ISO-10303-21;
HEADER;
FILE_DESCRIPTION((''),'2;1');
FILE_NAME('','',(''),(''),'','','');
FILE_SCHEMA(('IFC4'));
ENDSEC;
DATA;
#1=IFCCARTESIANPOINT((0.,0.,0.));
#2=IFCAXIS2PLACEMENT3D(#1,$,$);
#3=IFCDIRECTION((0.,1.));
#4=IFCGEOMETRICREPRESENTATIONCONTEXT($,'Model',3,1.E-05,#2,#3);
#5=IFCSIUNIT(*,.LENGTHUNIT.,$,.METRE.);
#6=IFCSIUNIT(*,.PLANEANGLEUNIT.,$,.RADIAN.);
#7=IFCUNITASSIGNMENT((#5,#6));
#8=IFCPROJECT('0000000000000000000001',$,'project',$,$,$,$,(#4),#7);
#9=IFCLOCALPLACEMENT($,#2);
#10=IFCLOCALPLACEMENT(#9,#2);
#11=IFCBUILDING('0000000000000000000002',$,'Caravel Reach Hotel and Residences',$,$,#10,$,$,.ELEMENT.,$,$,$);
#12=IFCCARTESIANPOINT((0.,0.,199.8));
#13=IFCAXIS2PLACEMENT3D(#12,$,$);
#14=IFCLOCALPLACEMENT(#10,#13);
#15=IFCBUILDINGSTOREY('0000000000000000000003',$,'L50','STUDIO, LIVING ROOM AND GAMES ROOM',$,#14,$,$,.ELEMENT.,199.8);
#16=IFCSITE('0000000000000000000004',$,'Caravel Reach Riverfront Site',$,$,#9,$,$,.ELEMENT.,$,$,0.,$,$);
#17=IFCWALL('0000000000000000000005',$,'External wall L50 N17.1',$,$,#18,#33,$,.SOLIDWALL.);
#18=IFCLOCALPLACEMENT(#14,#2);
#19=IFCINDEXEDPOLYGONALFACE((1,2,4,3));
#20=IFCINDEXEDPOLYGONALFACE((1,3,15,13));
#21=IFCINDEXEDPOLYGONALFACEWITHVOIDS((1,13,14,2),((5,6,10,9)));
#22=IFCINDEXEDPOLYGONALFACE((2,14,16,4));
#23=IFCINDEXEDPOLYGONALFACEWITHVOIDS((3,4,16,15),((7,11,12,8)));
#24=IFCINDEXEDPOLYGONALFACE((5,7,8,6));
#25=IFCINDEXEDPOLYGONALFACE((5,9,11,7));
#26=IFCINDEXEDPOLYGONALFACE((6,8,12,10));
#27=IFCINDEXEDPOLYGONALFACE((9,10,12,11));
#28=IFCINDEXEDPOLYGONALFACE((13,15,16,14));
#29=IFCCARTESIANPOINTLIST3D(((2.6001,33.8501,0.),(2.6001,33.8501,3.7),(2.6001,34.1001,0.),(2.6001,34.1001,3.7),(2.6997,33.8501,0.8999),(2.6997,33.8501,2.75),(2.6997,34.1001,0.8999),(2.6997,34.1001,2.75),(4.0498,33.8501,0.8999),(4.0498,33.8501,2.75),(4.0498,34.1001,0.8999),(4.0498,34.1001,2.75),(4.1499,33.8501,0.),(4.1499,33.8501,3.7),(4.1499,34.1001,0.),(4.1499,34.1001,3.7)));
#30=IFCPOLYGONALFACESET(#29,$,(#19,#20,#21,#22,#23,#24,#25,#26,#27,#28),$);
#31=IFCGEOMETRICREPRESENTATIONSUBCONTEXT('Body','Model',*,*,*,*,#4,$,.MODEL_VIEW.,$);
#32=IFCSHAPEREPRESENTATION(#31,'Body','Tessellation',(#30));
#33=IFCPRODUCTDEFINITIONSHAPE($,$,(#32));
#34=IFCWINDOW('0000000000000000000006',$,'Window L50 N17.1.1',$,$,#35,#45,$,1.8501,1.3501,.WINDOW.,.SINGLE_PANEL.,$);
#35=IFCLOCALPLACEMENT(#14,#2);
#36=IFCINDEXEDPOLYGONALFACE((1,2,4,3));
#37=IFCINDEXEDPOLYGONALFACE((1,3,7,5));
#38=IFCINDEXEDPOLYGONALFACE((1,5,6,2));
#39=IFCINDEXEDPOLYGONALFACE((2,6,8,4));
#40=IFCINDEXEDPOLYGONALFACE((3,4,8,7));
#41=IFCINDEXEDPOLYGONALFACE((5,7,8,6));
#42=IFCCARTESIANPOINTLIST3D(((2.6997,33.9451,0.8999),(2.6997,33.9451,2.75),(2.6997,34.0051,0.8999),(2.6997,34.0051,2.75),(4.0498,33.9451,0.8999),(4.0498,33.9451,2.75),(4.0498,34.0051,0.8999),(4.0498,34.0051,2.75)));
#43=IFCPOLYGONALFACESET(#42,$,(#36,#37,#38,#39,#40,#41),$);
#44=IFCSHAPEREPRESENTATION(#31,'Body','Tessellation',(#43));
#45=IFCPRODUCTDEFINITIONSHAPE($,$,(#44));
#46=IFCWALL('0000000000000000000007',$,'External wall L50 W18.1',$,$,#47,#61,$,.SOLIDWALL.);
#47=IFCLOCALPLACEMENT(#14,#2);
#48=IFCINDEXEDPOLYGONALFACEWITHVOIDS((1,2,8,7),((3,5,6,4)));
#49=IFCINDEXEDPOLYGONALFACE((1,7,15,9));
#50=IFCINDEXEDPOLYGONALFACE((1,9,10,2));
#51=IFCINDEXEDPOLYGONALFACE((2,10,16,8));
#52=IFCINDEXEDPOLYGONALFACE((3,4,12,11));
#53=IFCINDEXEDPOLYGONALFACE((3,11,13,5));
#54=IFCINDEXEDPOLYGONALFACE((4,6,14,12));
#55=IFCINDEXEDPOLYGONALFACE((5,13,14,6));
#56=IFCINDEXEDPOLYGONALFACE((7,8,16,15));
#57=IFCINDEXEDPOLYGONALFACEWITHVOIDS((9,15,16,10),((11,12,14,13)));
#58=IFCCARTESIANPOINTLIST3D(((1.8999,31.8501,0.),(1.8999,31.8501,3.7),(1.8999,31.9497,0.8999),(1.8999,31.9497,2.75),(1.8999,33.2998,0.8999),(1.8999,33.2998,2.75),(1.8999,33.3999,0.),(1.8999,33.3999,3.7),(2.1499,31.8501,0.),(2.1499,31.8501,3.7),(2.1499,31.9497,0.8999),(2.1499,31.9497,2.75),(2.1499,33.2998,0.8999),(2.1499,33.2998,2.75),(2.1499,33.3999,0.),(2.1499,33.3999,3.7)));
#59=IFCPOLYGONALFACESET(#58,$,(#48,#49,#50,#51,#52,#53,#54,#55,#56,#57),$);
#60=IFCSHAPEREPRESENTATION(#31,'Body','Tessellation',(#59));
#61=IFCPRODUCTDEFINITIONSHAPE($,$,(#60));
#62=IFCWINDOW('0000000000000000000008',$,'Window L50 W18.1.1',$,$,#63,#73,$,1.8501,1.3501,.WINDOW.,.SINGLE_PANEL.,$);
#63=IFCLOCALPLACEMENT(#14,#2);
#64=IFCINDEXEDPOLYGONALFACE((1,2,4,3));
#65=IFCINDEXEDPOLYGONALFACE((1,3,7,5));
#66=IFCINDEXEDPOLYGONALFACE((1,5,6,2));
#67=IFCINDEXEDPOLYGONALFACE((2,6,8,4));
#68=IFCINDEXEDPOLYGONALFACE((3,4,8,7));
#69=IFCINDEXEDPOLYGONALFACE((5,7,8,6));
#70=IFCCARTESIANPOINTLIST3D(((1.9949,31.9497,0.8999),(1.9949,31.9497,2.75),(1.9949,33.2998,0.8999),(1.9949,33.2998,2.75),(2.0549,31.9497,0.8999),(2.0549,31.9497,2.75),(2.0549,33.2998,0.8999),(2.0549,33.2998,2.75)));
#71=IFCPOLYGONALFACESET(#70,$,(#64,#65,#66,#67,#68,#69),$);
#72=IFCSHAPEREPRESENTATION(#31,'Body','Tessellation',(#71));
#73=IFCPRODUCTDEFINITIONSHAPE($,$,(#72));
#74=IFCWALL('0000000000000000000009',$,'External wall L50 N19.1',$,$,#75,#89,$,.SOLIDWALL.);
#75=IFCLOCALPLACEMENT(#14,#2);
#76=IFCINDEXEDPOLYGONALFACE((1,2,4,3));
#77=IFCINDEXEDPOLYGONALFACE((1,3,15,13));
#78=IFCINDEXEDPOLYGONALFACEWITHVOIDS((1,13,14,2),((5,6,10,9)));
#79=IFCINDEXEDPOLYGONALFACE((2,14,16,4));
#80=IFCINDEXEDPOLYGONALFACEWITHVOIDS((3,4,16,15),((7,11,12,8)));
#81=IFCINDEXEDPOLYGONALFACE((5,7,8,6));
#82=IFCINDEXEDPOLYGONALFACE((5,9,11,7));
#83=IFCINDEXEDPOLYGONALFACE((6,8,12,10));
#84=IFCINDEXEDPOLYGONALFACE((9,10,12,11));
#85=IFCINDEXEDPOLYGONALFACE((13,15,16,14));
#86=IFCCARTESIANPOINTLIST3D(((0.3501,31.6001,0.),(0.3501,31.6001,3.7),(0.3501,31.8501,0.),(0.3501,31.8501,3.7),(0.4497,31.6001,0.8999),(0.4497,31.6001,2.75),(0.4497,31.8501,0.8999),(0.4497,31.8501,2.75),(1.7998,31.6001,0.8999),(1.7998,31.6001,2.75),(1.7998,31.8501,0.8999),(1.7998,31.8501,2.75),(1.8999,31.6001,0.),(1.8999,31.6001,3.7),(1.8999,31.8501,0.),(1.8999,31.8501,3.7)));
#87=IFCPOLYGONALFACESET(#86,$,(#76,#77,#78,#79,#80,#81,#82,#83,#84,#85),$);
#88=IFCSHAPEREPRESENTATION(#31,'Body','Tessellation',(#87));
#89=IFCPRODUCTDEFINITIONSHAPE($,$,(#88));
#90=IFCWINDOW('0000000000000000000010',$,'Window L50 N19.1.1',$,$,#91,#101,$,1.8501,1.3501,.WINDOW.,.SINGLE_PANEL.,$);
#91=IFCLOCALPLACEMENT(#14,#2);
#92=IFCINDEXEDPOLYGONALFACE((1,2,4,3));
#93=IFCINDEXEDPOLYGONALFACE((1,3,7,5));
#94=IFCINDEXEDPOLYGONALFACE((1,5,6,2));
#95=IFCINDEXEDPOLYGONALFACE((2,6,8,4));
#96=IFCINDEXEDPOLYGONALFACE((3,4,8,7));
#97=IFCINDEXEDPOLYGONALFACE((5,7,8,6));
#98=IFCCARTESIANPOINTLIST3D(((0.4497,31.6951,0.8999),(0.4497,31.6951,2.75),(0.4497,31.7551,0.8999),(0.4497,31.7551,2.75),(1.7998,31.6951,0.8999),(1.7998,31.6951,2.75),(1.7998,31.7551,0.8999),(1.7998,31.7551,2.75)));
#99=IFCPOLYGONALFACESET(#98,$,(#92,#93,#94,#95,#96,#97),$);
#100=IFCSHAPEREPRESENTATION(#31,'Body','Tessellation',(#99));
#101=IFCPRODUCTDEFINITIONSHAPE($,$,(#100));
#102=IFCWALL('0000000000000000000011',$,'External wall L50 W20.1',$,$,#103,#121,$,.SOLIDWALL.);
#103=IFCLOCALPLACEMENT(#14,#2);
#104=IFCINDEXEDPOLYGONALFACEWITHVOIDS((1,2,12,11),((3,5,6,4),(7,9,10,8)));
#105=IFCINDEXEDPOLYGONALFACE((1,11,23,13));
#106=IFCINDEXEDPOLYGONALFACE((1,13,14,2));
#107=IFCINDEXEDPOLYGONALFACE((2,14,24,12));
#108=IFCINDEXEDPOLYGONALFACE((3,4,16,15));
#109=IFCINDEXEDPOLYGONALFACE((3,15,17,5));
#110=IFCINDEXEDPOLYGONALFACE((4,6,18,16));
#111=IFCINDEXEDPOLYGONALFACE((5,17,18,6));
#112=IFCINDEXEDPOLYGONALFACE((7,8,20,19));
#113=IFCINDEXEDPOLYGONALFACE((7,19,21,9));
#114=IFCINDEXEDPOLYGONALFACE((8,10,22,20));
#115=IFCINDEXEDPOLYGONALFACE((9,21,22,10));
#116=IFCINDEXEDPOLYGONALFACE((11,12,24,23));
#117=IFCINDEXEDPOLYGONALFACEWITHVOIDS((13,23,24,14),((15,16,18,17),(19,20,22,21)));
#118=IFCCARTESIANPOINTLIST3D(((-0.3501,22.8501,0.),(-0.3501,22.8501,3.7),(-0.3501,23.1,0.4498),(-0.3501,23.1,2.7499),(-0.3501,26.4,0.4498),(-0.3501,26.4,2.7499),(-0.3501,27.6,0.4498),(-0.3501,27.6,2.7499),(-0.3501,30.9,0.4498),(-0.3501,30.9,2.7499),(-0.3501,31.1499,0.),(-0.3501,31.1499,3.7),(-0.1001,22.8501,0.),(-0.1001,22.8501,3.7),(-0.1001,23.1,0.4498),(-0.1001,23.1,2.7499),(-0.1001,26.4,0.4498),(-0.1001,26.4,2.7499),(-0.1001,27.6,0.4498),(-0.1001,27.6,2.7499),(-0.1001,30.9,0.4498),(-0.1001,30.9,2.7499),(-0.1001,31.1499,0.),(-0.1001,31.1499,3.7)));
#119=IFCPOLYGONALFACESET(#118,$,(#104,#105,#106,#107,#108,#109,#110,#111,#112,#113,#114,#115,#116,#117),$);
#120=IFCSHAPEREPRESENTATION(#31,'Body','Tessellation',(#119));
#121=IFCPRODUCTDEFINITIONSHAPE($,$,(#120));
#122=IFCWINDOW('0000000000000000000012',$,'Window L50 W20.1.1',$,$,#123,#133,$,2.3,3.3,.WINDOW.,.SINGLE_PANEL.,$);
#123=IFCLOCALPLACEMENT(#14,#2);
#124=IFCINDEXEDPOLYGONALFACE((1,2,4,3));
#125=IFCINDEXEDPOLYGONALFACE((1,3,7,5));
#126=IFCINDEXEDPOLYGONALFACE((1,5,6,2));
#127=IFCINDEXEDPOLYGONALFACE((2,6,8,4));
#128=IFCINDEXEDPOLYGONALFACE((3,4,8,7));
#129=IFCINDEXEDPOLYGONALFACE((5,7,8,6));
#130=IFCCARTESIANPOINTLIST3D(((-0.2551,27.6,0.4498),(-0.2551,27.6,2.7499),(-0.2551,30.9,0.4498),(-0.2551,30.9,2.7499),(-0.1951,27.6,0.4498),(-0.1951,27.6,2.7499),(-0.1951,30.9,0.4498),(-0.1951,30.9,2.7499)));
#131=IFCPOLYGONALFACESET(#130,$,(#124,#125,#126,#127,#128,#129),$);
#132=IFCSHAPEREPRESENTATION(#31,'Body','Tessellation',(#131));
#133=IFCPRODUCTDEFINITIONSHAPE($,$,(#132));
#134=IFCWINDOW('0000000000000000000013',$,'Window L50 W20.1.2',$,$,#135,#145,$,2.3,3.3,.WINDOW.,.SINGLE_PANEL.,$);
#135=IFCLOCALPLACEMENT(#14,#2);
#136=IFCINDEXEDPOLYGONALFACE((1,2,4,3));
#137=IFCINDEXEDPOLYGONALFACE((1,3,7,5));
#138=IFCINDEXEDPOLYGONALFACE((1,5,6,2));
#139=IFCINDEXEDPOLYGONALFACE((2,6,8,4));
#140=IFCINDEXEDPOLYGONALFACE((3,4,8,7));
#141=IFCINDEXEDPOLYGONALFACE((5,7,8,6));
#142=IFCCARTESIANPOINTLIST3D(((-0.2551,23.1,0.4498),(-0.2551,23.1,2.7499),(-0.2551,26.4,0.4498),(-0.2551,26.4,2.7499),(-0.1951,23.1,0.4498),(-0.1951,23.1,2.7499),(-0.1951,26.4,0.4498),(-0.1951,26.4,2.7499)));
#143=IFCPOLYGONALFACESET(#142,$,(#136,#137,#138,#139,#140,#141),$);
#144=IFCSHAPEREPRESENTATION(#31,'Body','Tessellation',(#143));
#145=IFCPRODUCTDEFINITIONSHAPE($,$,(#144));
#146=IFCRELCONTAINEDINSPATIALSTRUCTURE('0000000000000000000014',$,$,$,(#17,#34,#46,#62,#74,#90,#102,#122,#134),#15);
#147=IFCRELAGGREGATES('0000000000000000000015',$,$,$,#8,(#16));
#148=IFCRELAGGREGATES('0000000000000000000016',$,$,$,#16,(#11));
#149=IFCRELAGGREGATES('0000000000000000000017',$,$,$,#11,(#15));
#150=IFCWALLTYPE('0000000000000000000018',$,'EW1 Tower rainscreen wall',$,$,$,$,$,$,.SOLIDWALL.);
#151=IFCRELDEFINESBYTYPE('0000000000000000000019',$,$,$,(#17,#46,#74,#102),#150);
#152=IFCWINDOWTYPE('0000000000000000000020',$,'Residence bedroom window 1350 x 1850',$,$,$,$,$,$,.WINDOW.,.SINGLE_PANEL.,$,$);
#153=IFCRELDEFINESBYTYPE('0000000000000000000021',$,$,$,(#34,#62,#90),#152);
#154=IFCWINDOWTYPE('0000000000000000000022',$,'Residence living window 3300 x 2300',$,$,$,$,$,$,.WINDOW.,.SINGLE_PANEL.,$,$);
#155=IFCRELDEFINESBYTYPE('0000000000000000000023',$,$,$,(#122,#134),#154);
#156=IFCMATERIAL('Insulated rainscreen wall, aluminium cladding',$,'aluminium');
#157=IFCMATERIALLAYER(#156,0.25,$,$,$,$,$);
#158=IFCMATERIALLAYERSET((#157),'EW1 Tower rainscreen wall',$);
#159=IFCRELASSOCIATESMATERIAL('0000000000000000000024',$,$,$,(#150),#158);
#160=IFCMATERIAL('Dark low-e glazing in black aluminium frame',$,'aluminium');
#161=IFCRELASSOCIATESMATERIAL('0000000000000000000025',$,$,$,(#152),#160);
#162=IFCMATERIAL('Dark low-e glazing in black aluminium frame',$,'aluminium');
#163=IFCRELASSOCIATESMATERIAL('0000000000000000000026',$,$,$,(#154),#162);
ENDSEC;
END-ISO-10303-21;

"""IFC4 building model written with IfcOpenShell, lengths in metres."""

from ifc_helpers import new_model, si_unit, direction, frame, frame_2d, origin, place, context, subcontext, project, spatial, rectangle, extrude, material, layer, layer_set, type_object, element, fill, save


model = new_model("IFC4")

# Units and contexts
model_context = context("Model", 3, precision=1e-05, world=origin(), true_north=direction((0.0, 1.0)))
body_context = subcontext(model_context, "Body", "Model", "MODEL_VIEW")
ifc_project = project(units=[si_unit("LENGTHUNIT", "METRE"), si_unit("PLANEANGLEUNIT", "RADIAN")], contexts=[model_context])

# Site, building, storey
site_placement = place(None, origin())
site = spatial("IfcSite", under=ifc_project, at=site_placement, Name="Caravel Reach Riverfront Site", CompositionType="ELEMENT", RefElevation=0.0)
building_placement = place(site_placement, origin())
building = spatial("IfcBuilding", under=site, at=building_placement, Name="Caravel Reach Hotel and Residences", CompositionType="ELEMENT")
storey_placement = place(building_placement, frame((0.0, 0.0, 199.8)))
storey = spatial("IfcBuildingStorey", under=building, at=storey_placement, Name="L50", Description="STUDIO, LIVING ROOM AND GAMES ROOM", CompositionType="ELEMENT", Elevation=199.8)

# Walls, openings, windows
ifc_material_1 = material(Name="Insulated rainscreen wall, aluminium cladding", Category="aluminium")
ifc_layer_1 = layer(ifc_material_1, 0.25)
ifc_layer_set_1 = layer_set([ifc_layer_1], Name="EW1 Tower rainscreen wall")
wall_type_1 = type_object("IfcWallType", Name="EW1 Tower rainscreen wall", PredefinedType="SOLIDWALL", material=ifc_layer_set_1)
ifc_material_2 = material(Name="Dark low-e glazing in black aluminium frame", Category="aluminium")
window_type_1 = type_object("IfcWindowType", Name="Residence bedroom window 1350 x 1850", PartitioningType="SINGLE_PANEL", PredefinedType="WINDOW", material=ifc_material_2)
wall_1_placement = place(storey_placement, frame((4.1499, 33.9751, 0.0), z_axis=(0.0, 0.0, 1.0), x_axis=(-1.0, 0.0, 0.0)))
wall_1 = element("IfcWall", 1, at=wall_1_placement, inside=storey, type_object=wall_type_1, Name="External wall L50 N17.1", PredefinedType="SOLIDWALL", context=body_context, shape_type="SweptSolid", body=[
    extrude(rectangle(XDim=1.5498, YDim=0.25, at=frame_2d((0.7749, 0.0))), origin(), (0.0, 0.0, 1.0), 3.7),
])
opening_1_placement = place(wall_1_placement, frame((0.1001, 0.0, 0.8999)))
opening_1 = element("IfcOpeningElement", 2, at=opening_1_placement, cuts=wall_1, PredefinedType="OPENING", context=body_context, shape_type="SweptSolid", body=[
    extrude(rectangle(XDim=1.3501, YDim=1.8501, at=frame_2d((0.675, 0.925))), frame((0.0, 0.135, 0.0), z_axis=(0.0, -1.0, 0.0), x_axis=(1.0, 0.0, 0.0)), (0.0, 0.0, 1.0), 0.27),
])
window_1_placement = place(opening_1_placement, origin())
window_1 = element("IfcWindow", 3, at=window_1_placement, inside=storey, type_object=window_type_1, Name="Window L50 N17.1.1", OverallHeight=1.8501, OverallWidth=1.3501, PartitioningType="SINGLE_PANEL", PredefinedType="WINDOW", context=body_context, shape_type="SweptSolid", body=[
    extrude(rectangle(XDim=1.3501, YDim=1.8501, at=frame_2d((0.675, 0.925))), frame((0.0, 0.03, 0.0), z_axis=(0.0, -1.0, 0.0), x_axis=(1.0, 0.0, 0.0)), (0.0, 0.0, 1.0), 0.0601),
])
fill(opening_1, window_1)
wall_2_placement = place(storey_placement, frame((2.0249, 33.3999, 0.0), z_axis=(0.0, 0.0, 1.0), x_axis=(0.0, -1.0, 0.0)))
wall_2 = element("IfcWall", 4, at=wall_2_placement, inside=storey, type_object=wall_type_1, Name="External wall L50 W18.1", PredefinedType="SOLIDWALL", context=body_context, shape_type="SweptSolid", body=[
    extrude(rectangle(XDim=1.5498, YDim=0.25, at=frame_2d((0.7749, 0.0))), origin(), (0.0, 0.0, 1.0), 3.7),
])
opening_2_placement = place(wall_2_placement, frame((0.1001, 0.0, 0.8999)))
opening_2 = element("IfcOpeningElement", 5, at=opening_2_placement, cuts=wall_2, PredefinedType="OPENING", context=body_context, shape_type="SweptSolid", body=[
    extrude(rectangle(XDim=1.3501, YDim=1.8501, at=frame_2d((0.675, 0.925))), frame((0.0, 0.135, 0.0), z_axis=(0.0, -1.0, 0.0), x_axis=(1.0, 0.0, 0.0)), (0.0, 0.0, 1.0), 0.27),
])
window_2_placement = place(opening_2_placement, origin())
window_2 = element("IfcWindow", 6, at=window_2_placement, inside=storey, type_object=window_type_1, Name="Window L50 W18.1.1", OverallHeight=1.8501, OverallWidth=1.3501, PartitioningType="SINGLE_PANEL", PredefinedType="WINDOW", context=body_context, shape_type="SweptSolid", body=[
    extrude(rectangle(XDim=1.3501, YDim=1.8501, at=frame_2d((0.675, 0.925))), frame((0.0, 0.03, 0.0), z_axis=(0.0, -1.0, 0.0), x_axis=(1.0, 0.0, 0.0)), (0.0, 0.0, 1.0), 0.0601),
])
fill(opening_2, window_2)
wall_3_placement = place(storey_placement, frame((1.8999, 31.7251, 0.0), z_axis=(0.0, 0.0, 1.0), x_axis=(-1.0, 0.0, 0.0)))
wall_3 = element("IfcWall", 7, at=wall_3_placement, inside=storey, type_object=wall_type_1, Name="External wall L50 N19.1", PredefinedType="SOLIDWALL", context=body_context, shape_type="SweptSolid", body=[
    extrude(rectangle(XDim=1.5498, YDim=0.25, at=frame_2d((0.7749, 0.0))), origin(), (0.0, 0.0, 1.0), 3.7),
])
opening_3_placement = place(wall_3_placement, frame((0.1001, 0.0, 0.8999)))
opening_3 = element("IfcOpeningElement", 8, at=opening_3_placement, cuts=wall_3, PredefinedType="OPENING", context=body_context, shape_type="SweptSolid", body=[
    extrude(rectangle(XDim=1.3501, YDim=1.8501, at=frame_2d((0.675, 0.925))), frame((0.0, 0.135, 0.0), z_axis=(0.0, -1.0, 0.0), x_axis=(1.0, 0.0, 0.0)), (0.0, 0.0, 1.0), 0.27),
])
window_3_placement = place(opening_3_placement, origin())
window_3 = element("IfcWindow", 9, at=window_3_placement, inside=storey, type_object=window_type_1, Name="Window L50 N19.1.1", OverallHeight=1.8501, OverallWidth=1.3501, PartitioningType="SINGLE_PANEL", PredefinedType="WINDOW", context=body_context, shape_type="SweptSolid", body=[
    extrude(rectangle(XDim=1.3501, YDim=1.8501, at=frame_2d((0.675, 0.925))), frame((0.0, 0.03, 0.0), z_axis=(0.0, -1.0, 0.0), x_axis=(1.0, 0.0, 0.0)), (0.0, 0.0, 1.0), 0.0601),
])
fill(opening_3, window_3)

# Wall, openings, windows
wall_4_placement = place(storey_placement, frame((-0.2251, 31.1499, 0.0), z_axis=(0.0, 0.0, 1.0), x_axis=(0.0, -1.0, 0.0)))
wall_4 = element("IfcWall", 10, at=wall_4_placement, inside=storey, type_object=wall_type_1, Name="External wall L50 W20.1", PredefinedType="SOLIDWALL", context=body_context, shape_type="SweptSolid", body=[
    extrude(rectangle(XDim=8.2998, YDim=0.25, at=frame_2d((4.1499, 0.0))), origin(), (0.0, 0.0, 1.0), 3.7),
])
opening_4_placement = place(wall_4_placement, frame((0.25, 0.0, 0.45)))
opening_4 = element("IfcOpeningElement", 11, at=opening_4_placement, cuts=wall_4, PredefinedType="OPENING", context=body_context, shape_type="SweptSolid", body=[
    extrude(rectangle(XDim=3.3, YDim=2.3, at=frame_2d((1.6499, 1.1499))), frame((0.0, 0.135, 0.0), z_axis=(0.0, -1.0, 0.0), x_axis=(1.0, 0.0, 0.0)), (0.0, 0.0, 1.0), 0.27),
])
opening_5_placement = place(wall_4_placement, frame((4.75, 0.0, 0.45)))
opening_5 = element("IfcOpeningElement", 12, at=opening_5_placement, cuts=wall_4, PredefinedType="OPENING", context=body_context, shape_type="SweptSolid", body=[
    extrude(rectangle(XDim=3.3, YDim=2.3, at=frame_2d((1.6499, 1.1499))), frame((0.0, 0.135, 0.0), z_axis=(0.0, -1.0, 0.0), x_axis=(1.0, 0.0, 0.0)), (0.0, 0.0, 1.0), 0.27),
])
ifc_material_3 = material(Name="Dark low-e glazing in black aluminium frame", Category="aluminium")
window_type_2 = type_object("IfcWindowType", Name="Residence living window 3300 x 2300", PartitioningType="SINGLE_PANEL", PredefinedType="WINDOW", material=ifc_material_3)
window_4_placement = place(opening_4_placement, origin())
window_4 = element("IfcWindow", 13, at=window_4_placement, inside=storey, type_object=window_type_2, Name="Window L50 W20.1.1", OverallHeight=2.3, OverallWidth=3.3, PartitioningType="SINGLE_PANEL", PredefinedType="WINDOW", context=body_context, shape_type="SweptSolid", body=[
    extrude(rectangle(XDim=3.3, YDim=2.3, at=frame_2d((1.6499, 1.1499))), frame((0.0, 0.03, 0.0), z_axis=(0.0, -1.0, 0.0), x_axis=(1.0, 0.0, 0.0)), (0.0, 0.0, 1.0), 0.0601),
])
fill(opening_4, window_4)
window_5_placement = place(opening_5_placement, origin())
window_5 = element("IfcWindow", 14, at=window_5_placement, inside=storey, type_object=window_type_2, Name="Window L50 W20.1.2", OverallHeight=2.3, OverallWidth=3.3, PartitioningType="SINGLE_PANEL", PredefinedType="WINDOW", context=body_context, shape_type="SweptSolid", body=[
    extrude(rectangle(XDim=3.3, YDim=2.3, at=frame_2d((1.6499, 1.1499))), frame((0.0, 0.03, 0.0), z_axis=(0.0, -1.0, 0.0), x_axis=(1.0, 0.0, 0.0)), (0.0, 0.0, 1.0), 0.0601),
])
fill(opening_5, window_5)

save(model, "model.ifc")
